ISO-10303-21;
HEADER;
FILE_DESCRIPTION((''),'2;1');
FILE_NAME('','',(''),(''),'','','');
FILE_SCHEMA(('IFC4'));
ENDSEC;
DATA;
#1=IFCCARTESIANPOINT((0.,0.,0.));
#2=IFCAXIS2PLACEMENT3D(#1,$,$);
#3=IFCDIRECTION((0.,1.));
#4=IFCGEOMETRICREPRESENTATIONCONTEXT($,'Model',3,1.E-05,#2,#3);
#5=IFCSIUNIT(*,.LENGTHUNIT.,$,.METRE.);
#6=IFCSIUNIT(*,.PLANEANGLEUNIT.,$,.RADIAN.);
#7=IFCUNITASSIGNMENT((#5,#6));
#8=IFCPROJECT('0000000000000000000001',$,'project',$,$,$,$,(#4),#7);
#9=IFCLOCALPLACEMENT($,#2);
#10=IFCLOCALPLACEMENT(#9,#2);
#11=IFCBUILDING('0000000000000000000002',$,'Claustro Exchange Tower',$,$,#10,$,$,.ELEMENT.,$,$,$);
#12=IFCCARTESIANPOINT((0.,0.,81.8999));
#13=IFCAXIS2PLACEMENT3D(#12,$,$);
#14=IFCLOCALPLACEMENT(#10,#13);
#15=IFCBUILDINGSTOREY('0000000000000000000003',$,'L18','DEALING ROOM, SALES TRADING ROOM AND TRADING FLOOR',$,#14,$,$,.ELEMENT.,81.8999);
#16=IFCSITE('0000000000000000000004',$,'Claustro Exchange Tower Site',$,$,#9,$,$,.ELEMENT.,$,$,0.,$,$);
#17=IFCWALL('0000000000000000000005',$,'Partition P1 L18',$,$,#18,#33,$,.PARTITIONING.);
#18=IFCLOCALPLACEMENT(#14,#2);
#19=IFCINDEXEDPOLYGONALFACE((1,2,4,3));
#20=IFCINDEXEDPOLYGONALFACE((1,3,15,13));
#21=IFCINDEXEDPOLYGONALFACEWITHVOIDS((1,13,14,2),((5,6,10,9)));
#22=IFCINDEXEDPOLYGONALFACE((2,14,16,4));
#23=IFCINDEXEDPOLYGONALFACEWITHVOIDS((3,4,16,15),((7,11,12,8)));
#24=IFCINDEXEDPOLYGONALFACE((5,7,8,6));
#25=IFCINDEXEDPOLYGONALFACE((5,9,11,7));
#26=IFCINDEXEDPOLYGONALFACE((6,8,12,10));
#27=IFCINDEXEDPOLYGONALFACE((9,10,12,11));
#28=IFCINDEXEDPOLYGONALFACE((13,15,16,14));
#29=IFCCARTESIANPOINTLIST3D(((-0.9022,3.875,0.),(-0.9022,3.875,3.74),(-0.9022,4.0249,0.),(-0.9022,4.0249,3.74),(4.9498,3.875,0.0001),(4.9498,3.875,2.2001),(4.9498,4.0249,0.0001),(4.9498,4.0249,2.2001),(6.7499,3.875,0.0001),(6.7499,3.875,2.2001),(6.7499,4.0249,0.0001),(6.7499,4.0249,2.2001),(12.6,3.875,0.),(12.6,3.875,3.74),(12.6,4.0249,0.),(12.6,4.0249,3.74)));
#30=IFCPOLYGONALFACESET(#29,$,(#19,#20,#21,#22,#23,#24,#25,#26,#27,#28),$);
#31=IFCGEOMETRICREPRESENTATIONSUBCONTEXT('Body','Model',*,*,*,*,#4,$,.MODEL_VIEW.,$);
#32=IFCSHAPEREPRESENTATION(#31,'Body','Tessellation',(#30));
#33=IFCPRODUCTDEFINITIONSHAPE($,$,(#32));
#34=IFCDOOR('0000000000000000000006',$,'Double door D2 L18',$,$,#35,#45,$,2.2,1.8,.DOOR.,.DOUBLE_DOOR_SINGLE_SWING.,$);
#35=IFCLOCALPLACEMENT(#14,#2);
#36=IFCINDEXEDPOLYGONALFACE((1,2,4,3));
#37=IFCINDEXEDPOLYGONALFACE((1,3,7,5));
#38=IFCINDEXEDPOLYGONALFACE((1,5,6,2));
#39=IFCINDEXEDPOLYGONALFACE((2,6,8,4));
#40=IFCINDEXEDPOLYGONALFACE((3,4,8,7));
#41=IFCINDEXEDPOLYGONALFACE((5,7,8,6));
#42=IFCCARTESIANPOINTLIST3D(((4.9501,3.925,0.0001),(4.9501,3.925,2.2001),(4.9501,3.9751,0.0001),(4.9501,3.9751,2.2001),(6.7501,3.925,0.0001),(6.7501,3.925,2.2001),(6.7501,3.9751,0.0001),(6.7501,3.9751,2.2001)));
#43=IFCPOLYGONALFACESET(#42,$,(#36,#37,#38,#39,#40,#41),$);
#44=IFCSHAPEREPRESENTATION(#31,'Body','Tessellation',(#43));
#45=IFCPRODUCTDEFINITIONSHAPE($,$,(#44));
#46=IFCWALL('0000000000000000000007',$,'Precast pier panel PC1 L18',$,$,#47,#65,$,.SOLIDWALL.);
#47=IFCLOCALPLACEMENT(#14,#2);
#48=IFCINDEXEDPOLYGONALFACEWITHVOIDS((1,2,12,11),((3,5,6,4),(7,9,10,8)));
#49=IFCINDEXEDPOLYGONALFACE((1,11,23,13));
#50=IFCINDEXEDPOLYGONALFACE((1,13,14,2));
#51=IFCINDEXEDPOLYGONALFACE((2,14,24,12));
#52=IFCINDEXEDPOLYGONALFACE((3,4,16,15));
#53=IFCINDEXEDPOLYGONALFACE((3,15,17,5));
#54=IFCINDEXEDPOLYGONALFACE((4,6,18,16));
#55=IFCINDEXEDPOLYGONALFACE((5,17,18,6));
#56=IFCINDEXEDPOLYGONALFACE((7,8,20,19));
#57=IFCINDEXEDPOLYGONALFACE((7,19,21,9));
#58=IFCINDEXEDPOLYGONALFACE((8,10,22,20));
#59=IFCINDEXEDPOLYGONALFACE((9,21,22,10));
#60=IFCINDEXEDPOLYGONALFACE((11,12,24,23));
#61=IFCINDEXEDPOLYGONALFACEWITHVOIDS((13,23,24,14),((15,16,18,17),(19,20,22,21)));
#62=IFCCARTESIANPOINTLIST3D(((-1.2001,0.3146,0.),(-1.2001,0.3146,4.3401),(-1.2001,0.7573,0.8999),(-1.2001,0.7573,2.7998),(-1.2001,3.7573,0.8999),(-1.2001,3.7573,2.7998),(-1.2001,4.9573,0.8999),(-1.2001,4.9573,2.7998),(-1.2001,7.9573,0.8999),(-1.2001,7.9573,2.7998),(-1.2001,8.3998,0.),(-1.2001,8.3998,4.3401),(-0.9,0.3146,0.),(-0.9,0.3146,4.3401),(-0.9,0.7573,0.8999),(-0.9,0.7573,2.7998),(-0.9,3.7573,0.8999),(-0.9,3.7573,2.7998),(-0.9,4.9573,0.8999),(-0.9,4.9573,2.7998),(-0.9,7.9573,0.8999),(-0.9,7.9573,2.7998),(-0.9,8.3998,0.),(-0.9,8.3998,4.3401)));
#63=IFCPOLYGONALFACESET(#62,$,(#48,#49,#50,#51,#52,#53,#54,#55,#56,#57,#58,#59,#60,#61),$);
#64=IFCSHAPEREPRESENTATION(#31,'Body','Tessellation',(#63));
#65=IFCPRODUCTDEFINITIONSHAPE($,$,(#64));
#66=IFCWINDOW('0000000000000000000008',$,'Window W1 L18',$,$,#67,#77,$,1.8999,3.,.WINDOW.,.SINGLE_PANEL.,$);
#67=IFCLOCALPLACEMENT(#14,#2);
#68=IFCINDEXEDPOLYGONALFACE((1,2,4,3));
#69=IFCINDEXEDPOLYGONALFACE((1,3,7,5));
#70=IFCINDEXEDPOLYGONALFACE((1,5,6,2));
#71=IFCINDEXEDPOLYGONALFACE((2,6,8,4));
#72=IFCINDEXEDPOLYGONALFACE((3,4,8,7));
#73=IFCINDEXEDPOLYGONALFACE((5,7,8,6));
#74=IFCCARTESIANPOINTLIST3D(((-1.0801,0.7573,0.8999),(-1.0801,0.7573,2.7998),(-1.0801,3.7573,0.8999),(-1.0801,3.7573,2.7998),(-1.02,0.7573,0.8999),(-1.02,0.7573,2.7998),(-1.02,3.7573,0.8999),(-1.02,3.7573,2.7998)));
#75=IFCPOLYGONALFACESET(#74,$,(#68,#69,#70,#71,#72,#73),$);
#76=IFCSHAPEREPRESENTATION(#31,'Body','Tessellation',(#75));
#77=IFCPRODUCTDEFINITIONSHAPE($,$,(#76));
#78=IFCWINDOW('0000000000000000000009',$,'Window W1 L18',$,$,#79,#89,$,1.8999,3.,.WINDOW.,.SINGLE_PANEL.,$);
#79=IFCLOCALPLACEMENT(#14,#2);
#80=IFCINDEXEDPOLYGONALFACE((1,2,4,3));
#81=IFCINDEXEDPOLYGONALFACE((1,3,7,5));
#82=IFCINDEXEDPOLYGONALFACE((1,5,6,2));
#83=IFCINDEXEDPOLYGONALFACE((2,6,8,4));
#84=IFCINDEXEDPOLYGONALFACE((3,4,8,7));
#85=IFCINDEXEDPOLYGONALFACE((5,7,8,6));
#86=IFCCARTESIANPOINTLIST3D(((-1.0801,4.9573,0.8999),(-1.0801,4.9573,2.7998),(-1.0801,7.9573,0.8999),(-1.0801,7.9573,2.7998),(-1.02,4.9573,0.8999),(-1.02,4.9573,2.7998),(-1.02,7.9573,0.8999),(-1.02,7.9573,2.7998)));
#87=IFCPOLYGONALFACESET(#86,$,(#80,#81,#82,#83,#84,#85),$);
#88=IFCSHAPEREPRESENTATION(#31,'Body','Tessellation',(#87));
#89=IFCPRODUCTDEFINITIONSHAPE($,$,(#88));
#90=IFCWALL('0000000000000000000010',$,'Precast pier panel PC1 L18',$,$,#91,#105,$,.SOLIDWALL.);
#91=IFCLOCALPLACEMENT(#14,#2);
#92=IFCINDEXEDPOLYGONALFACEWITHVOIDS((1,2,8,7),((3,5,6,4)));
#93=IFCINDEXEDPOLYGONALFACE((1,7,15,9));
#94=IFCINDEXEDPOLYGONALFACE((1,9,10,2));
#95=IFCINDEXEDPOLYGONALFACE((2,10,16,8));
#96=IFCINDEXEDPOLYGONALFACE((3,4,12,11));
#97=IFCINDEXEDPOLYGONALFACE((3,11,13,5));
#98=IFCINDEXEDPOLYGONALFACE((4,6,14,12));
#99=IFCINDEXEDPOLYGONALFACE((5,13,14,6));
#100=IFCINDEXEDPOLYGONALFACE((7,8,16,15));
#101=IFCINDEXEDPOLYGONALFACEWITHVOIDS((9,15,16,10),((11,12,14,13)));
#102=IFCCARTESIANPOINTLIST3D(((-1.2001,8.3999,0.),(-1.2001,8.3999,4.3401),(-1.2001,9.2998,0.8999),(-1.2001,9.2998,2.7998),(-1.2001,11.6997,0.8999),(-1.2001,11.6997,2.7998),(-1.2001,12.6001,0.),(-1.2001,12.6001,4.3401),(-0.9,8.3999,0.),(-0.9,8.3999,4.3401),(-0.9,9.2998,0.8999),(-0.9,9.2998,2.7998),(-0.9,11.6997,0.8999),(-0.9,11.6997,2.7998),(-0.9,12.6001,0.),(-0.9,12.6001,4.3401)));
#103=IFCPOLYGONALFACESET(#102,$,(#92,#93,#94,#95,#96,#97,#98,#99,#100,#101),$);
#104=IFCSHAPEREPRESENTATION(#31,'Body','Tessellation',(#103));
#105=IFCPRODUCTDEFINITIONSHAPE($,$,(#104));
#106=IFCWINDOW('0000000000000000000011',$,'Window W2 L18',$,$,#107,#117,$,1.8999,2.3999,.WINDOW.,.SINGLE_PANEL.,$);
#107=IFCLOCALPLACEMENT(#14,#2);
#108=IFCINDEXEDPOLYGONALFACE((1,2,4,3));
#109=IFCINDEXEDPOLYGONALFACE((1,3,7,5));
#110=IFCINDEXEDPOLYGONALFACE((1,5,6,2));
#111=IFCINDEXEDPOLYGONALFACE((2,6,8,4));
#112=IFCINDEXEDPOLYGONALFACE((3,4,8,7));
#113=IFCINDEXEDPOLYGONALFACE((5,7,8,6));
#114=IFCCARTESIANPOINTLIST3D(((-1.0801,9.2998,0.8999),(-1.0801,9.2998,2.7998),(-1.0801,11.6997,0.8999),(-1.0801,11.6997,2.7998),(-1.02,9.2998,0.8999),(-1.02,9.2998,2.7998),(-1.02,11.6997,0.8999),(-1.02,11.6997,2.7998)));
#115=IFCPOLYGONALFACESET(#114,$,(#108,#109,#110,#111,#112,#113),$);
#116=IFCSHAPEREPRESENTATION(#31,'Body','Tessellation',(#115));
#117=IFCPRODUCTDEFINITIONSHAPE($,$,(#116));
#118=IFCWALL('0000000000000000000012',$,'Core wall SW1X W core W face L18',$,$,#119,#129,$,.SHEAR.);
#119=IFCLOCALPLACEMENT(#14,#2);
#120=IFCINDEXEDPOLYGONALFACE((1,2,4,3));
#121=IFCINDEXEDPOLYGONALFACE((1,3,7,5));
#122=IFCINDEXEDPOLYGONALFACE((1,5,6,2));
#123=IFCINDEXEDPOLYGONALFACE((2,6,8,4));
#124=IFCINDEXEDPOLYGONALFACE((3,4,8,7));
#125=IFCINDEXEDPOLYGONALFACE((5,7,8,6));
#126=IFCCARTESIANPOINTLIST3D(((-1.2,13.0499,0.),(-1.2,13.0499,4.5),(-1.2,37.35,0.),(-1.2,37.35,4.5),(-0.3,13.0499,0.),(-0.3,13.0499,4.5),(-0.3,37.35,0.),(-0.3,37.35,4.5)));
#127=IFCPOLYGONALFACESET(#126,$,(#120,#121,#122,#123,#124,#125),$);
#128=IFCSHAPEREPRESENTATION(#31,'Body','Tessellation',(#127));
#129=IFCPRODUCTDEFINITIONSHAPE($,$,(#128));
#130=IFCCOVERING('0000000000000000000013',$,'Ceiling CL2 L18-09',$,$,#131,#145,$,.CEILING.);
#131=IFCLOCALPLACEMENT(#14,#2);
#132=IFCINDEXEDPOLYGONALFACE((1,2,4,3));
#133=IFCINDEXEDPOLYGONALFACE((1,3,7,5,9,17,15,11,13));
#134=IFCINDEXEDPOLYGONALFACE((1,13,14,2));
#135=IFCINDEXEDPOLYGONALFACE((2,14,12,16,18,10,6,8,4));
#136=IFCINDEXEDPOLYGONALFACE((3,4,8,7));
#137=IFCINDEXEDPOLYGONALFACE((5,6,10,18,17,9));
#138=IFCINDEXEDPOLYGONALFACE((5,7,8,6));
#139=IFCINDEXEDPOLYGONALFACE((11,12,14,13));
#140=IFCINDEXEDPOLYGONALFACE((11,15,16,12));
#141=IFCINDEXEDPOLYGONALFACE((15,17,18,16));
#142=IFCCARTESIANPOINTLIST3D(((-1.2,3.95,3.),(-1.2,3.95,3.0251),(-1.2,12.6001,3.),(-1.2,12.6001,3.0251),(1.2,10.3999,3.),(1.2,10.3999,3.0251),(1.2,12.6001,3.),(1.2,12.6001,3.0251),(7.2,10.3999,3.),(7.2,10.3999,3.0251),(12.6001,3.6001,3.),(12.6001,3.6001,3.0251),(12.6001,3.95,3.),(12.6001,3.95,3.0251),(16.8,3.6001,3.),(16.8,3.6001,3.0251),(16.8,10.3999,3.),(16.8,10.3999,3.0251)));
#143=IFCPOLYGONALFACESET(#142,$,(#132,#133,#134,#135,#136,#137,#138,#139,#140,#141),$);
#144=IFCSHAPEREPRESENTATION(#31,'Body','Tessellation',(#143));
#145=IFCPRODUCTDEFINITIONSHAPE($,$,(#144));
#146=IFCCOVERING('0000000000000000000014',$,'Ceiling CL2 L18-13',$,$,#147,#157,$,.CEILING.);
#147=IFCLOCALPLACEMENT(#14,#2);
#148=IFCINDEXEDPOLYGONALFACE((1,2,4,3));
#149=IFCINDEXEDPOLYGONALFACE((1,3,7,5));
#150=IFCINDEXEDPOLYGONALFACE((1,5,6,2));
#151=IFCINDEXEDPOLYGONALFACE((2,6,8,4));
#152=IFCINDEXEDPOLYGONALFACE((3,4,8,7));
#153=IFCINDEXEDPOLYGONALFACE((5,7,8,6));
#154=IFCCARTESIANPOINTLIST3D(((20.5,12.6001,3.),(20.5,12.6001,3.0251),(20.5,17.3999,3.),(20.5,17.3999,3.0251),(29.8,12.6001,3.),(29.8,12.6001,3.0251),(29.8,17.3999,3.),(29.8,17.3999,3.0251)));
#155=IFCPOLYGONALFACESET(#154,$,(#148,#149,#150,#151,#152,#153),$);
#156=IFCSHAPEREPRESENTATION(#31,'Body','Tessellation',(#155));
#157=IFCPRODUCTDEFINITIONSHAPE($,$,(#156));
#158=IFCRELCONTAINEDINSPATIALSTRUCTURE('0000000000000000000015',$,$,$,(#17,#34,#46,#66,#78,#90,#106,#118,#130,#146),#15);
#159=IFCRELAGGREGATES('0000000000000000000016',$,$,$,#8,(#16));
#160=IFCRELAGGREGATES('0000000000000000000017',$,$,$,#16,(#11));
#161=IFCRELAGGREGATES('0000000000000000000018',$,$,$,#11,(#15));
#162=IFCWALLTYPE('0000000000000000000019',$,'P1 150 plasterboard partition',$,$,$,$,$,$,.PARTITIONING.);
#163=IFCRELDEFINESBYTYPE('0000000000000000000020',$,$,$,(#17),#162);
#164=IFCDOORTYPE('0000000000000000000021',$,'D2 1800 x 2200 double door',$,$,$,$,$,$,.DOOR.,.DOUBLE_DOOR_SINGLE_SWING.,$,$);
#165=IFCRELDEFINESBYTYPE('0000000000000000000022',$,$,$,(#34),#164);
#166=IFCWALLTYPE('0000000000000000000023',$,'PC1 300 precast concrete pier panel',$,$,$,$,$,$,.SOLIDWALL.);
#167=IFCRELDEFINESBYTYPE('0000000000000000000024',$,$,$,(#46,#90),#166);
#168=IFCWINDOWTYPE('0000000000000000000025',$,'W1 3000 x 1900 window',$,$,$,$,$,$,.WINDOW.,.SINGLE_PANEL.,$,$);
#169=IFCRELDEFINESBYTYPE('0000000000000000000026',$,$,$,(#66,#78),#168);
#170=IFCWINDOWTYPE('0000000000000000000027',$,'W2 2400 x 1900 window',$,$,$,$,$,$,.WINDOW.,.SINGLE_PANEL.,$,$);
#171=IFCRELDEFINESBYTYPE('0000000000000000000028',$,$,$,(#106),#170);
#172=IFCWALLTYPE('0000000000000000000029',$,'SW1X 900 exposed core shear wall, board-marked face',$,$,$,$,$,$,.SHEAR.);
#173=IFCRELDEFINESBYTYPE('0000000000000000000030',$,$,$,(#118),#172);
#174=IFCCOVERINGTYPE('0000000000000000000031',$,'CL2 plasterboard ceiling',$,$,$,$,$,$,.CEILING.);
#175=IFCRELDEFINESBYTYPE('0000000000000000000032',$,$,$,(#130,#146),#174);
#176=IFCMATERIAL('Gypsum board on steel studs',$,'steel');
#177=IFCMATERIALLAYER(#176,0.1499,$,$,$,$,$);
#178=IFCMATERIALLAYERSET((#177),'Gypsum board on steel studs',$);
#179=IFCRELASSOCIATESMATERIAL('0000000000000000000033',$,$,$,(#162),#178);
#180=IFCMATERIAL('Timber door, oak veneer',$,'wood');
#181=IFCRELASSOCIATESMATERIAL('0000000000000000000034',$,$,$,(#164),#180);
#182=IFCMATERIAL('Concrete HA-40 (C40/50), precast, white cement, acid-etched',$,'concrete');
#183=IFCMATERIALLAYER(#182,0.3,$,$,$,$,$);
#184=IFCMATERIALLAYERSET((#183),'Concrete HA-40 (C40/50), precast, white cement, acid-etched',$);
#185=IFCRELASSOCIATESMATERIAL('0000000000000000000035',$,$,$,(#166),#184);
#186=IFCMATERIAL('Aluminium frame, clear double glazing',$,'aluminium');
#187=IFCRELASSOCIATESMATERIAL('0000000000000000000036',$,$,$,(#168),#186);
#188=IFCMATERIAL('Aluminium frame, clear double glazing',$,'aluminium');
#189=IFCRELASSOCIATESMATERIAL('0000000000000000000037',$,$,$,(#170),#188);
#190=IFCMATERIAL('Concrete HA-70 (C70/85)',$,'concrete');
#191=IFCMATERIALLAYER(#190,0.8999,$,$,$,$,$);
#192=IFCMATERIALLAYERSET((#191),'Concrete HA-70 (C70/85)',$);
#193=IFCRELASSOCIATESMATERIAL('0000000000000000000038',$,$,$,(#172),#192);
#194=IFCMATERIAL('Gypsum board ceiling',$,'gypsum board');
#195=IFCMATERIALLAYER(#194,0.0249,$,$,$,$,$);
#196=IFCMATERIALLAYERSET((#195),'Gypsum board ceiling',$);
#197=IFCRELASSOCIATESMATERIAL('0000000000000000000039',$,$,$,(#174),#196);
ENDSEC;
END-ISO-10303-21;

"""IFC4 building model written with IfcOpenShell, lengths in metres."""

from ifc_helpers import new_model, si_unit, direction, frame, frame_2d, origin, place, context, subcontext, project, spatial, polyline, rectangle, outline, extrude, material, layer, layer_set, type_object, element, fill, save


model = new_model("IFC4")

# Units and contexts
model_context = context("Model", 3, precision=1e-05, world=origin(), true_north=direction((0.0, 1.0)))
body_context = subcontext(model_context, "Body", "Model", "MODEL_VIEW")
ifc_project = project(units=[si_unit("LENGTHUNIT", "METRE"), si_unit("PLANEANGLEUNIT", "RADIAN")], contexts=[model_context])

# Site, building, storey
site_placement = place(None, origin())
site = spatial("IfcSite", under=ifc_project, at=site_placement, Name="Claustro Exchange Tower Site", CompositionType="ELEMENT", RefElevation=0.0)
building_placement = place(site_placement, origin())
building = spatial("IfcBuilding", under=site, at=building_placement, Name="Claustro Exchange Tower", CompositionType="ELEMENT")
storey_placement = place(building_placement, frame((0.0, 0.0, 81.8999)))
storey = spatial("IfcBuildingStorey", under=building, at=storey_placement, Name="L18", Description="DEALING ROOM, SALES TRADING ROOM AND TRADING FLOOR", CompositionType="ELEMENT", Elevation=81.8999)

# Wall, opening, door
ifc_material_1 = material(Name="Gypsum board on steel studs", Category="steel")
ifc_layer_1 = layer(ifc_material_1, 0.1499)
ifc_layer_set_1 = layer_set([ifc_layer_1], Name="Gypsum board on steel studs")
wall_type_1 = type_object("IfcWallType", Name="P1 150 plasterboard partition", PredefinedType="PARTITIONING", material=ifc_layer_set_1)
wall_1_placement = place(storey_placement, frame((-0.9021, 3.95, 0.0), z_axis=(0.0, 0.0, 1.0), x_axis=(1.0, 0.0, 0.0)))
wall_1 = element("IfcWall", 1, at=wall_1_placement, inside=storey, type_object=wall_type_1, Name="Partition P1 L18", PredefinedType="PARTITIONING", context=body_context, shape_type="SweptSolid", body=[
    extrude(rectangle(XDim=13.5022, YDim=0.1499, at=frame_2d((6.751, 0.0))), origin(), (0.0, 0.0, 1.0), 3.74),
])
opening_1_placement = place(wall_1_placement, frame((5.8521, 0.0, 0.0)))
opening_1 = element("IfcOpeningElement", 2, at=opening_1_placement, cuts=wall_1, PredefinedType="OPENING", context=body_context, shape_type="SweptSolid", body=[
    extrude(rectangle(XDim=1.8, YDim=2.2, at=frame_2d((0.8999, 1.1001))), frame((0.0, 0.085, 0.0), z_axis=(0.0, -1.0, 0.0), x_axis=(1.0, 0.0, 0.0)), (0.0, 0.0, 1.0), 0.1699),
])
ifc_material_2 = material(Name="Timber door, oak veneer", Category="wood")
door_type_1 = type_object("IfcDoorType", Name="D2 1800 x 2200 double door", OperationType="DOUBLE_DOOR_SINGLE_SWING", PredefinedType="DOOR", material=ifc_material_2)
door_1_placement = place(opening_1_placement, frame((1.8, 0.0, 0.0), z_axis=(0.0, 0.0, 1.0), x_axis=(-1.0, 0.0, 0.0)))
door_1 = element("IfcDoor", 3, at=door_1_placement, inside=storey, type_object=door_type_1, Name="Double door D2 L18", OperationType="DOUBLE_DOOR_SINGLE_SWING", OverallHeight=2.2, OverallWidth=1.8, PredefinedType="DOOR", context=body_context, shape_type="SweptSolid", body=[
    extrude(rectangle(XDim=1.8, YDim=2.2, at=frame_2d((0.8999, 1.1001))), frame((0.0, 0.0249, 0.0), z_axis=(0.0, -1.0, 0.0), x_axis=(1.0, 0.0, 0.0)), (0.0, 0.0, 1.0), 0.05),
])
fill(opening_1, door_1)

# Wall, openings, windows
ifc_material_3 = material(Name="Concrete HA-40 (C40/50), precast, white cement, acid-etched", Category="concrete")
ifc_layer_2 = layer(ifc_material_3, 0.3)
ifc_layer_set_2 = layer_set([ifc_layer_2], Name="Concrete HA-40 (C40/50), precast, white cement, acid-etched")
wall_type_2 = type_object("IfcWallType", Name="PC1 300 precast concrete pier panel", PredefinedType="SOLIDWALL", material=ifc_layer_set_2)
wall_2_placement = place(storey_placement, frame((-1.05, 0.3147, 0.0), z_axis=(0.0, 0.0, 1.0), x_axis=(0.0, 1.0, 0.0)))
wall_2 = element("IfcWall", 4, at=wall_2_placement, inside=storey, type_object=wall_type_2, Name="Precast pier panel PC1 L18", PredefinedType="SOLIDWALL", context=body_context, shape_type="SweptSolid", body=[
    extrude(rectangle(XDim=8.0852, YDim=0.3, at=frame_2d((4.0425, 0.0))), origin(), (0.0, 0.0, 1.0), 4.3401),
])
opening_2_placement = place(wall_2_placement, frame((0.4426, 0.0, 0.8999)))
opening_2 = element("IfcOpeningElement", 5, at=opening_2_placement, cuts=wall_2, PredefinedType="OPENING", context=body_context, shape_type="SweptSolid", body=[
    extrude(rectangle(XDim=3.0, YDim=1.8999, at=frame_2d((1.5, 0.95))), frame((0.0, 0.1599, 0.0), z_axis=(0.0, -1.0, 0.0), x_axis=(1.0, 0.0, 0.0)), (0.0, 0.0, 1.0), 0.3201),
])
opening_3_placement = place(wall_2_placement, frame((4.6426, 0.0, 0.8999)))
opening_3 = element("IfcOpeningElement", 6, at=opening_3_placement, cuts=wall_2, PredefinedType="OPENING", context=body_context, shape_type="SweptSolid", body=[
    extrude(rectangle(XDim=3.0, YDim=1.8999, at=frame_2d((1.5, 0.95))), frame((0.0, 0.1599, 0.0), z_axis=(0.0, -1.0, 0.0), x_axis=(1.0, 0.0, 0.0)), (0.0, 0.0, 1.0), 0.3201),
])
ifc_material_4 = material(Name="Aluminium frame, clear double glazing", Category="aluminium")
window_type_1 = type_object("IfcWindowType", Name="W1 3000 x 1900 window", PartitioningType="SINGLE_PANEL", PredefinedType="WINDOW", material=ifc_material_4)
window_1_placement = place(opening_2_placement, origin())
window_1 = element("IfcWindow", 7, at=window_1_placement, inside=storey, type_object=window_type_1, Name="Window W1 L18", OverallHeight=1.8999, OverallWidth=3.0, PartitioningType="SINGLE_PANEL", PredefinedType="WINDOW", context=body_context, shape_type="SweptSolid", body=[
    extrude(rectangle(XDim=3.0, YDim=1.8999, at=frame_2d((1.5, 0.95))), frame((0.0, 0.03, 0.0), z_axis=(0.0, -1.0, 0.0), x_axis=(1.0, 0.0, 0.0)), (0.0, 0.0, 1.0), 0.0601),
])
fill(opening_2, window_1)
window_2_placement = place(opening_3_placement, origin())
window_2 = element("IfcWindow", 8, at=window_2_placement, inside=storey, type_object=window_type_1, Name="Window W1 L18", OverallHeight=1.8999, OverallWidth=3.0, PartitioningType="SINGLE_PANEL", PredefinedType="WINDOW", context=body_context, shape_type="SweptSolid", body=[
    extrude(rectangle(XDim=3.0, YDim=1.8999, at=frame_2d((1.5, 0.95))), frame((0.0, 0.03, 0.0), z_axis=(0.0, -1.0, 0.0), x_axis=(1.0, 0.0, 0.0)), (0.0, 0.0, 1.0), 0.0601),
])
fill(opening_3, window_2)

# Wall, opening, window
wall_3_placement = place(storey_placement, frame((-1.05, 8.3999, 0.0), z_axis=(0.0, 0.0, 1.0), x_axis=(0.0, 1.0, 0.0)))
wall_3 = element("IfcWall", 9, at=wall_3_placement, inside=storey, type_object=wall_type_2, Name="Precast pier panel PC1 L18", PredefinedType="SOLIDWALL", context=body_context, shape_type="SweptSolid", body=[
    extrude(rectangle(XDim=4.2002, YDim=0.3, at=frame_2d((2.1001, 0.0))), origin(), (0.0, 0.0, 1.0), 4.3401),
])
opening_4_placement = place(wall_3_placement, frame((0.8999, 0.0, 0.8999)))
opening_4 = element("IfcOpeningElement", 10, at=opening_4_placement, cuts=wall_3, PredefinedType="OPENING", context=body_context, shape_type="SweptSolid", body=[
    extrude(rectangle(XDim=2.3999, YDim=1.8999, at=frame_2d((1.2, 0.95))), frame((0.0, 0.1599, 0.0), z_axis=(0.0, -1.0, 0.0), x_axis=(1.0, 0.0, 0.0)), (0.0, 0.0, 1.0), 0.3201),
])
ifc_material_5 = material(Name="Aluminium frame, clear double glazing", Category="aluminium")
window_type_2 = type_object("IfcWindowType", Name="W2 2400 x 1900 window", PartitioningType="SINGLE_PANEL", PredefinedType="WINDOW", material=ifc_material_5)
window_3_placement = place(opening_4_placement, origin())
window_3 = element("IfcWindow", 11, at=window_3_placement, inside=storey, type_object=window_type_2, Name="Window W2 L18", OverallHeight=1.8999, OverallWidth=2.3999, PartitioningType="SINGLE_PANEL", PredefinedType="WINDOW", context=body_context, shape_type="SweptSolid", body=[
    extrude(rectangle(XDim=2.3999, YDim=1.8999, at=frame_2d((1.2, 0.95))), frame((0.0, 0.03, 0.0), z_axis=(0.0, -1.0, 0.0), x_axis=(1.0, 0.0, 0.0)), (0.0, 0.0, 1.0), 0.0601),
])
fill(opening_4, window_3)

# Wall
ifc_material_6 = material(Name="Concrete HA-70 (C70/85)", Category="concrete")
ifc_layer_3 = layer(ifc_material_6, 0.8999)
ifc_layer_set_3 = layer_set([ifc_layer_3], Name="Concrete HA-70 (C70/85)")
wall_type_3 = type_object("IfcWallType", Name="SW1X 900 exposed core shear wall, board-marked face", PredefinedType="SHEAR", material=ifc_layer_set_3)
wall_4_placement = place(storey_placement, frame((-0.75, 13.05, 0.0), z_axis=(0.0, 0.0, 1.0), x_axis=(0.0, 1.0, 0.0)))
element("IfcWall", 12, at=wall_4_placement, inside=storey, type_object=wall_type_3, Name="Core wall SW1X W core W face L18", PredefinedType="SHEAR", context=body_context, shape_type="SweptSolid", body=[
    extrude(rectangle(XDim=24.3, YDim=0.8999, at=frame_2d((12.1499, 0.0))), origin(), (0.0, 0.0, 1.0), 4.5),
])

# Coverings
ifc_material_7 = material(Name="Gypsum board ceiling", Category="gypsum board")
ifc_layer_4 = layer(ifc_material_7, 0.0249)
ifc_layer_set_4 = layer_set([ifc_layer_4], Name="Gypsum board ceiling")
covering_type_1 = type_object("IfcCoveringType", Name="CL2 plasterboard ceiling", PredefinedType="CEILING", material=ifc_layer_set_4)
covering_1_placement = place(storey_placement, frame((0.0, 0.0, 3.0)))
element("IfcCovering", 13, at=covering_1_placement, inside=storey, type_object=covering_type_1, Name="Ceiling CL2 L18-09", PredefinedType="CEILING", context=body_context, shape_type="SweptSolid", body=[
    extrude(outline(polyline([(-1.2, 12.6001), (-1.2, 3.95), (12.6001, 3.95), (12.6001, 3.6001), (16.8, 3.6001), (16.8, 10.3999), (7.2, 10.3999), (1.2, 10.3999), (1.2, 12.6001), (-1.2, 12.6001)])), origin(), (0.0, 0.0, 1.0), 0.0251),
])
covering_2_placement = place(storey_placement, frame((0.0, 0.0, 3.0)))
element("IfcCovering", 14, at=covering_2_placement, inside=storey, type_object=covering_type_1, Name="Ceiling CL2 L18-13", PredefinedType="CEILING", context=body_context, shape_type="SweptSolid", body=[
    extrude(outline(polyline([(29.8, 17.3999), (20.5, 17.3999), (20.5, 12.6001), (29.8, 12.6001), (29.8, 17.3999)])), origin(), (0.0, 0.0, 1.0), 0.0251),
])

save(model, "model.ifc")
